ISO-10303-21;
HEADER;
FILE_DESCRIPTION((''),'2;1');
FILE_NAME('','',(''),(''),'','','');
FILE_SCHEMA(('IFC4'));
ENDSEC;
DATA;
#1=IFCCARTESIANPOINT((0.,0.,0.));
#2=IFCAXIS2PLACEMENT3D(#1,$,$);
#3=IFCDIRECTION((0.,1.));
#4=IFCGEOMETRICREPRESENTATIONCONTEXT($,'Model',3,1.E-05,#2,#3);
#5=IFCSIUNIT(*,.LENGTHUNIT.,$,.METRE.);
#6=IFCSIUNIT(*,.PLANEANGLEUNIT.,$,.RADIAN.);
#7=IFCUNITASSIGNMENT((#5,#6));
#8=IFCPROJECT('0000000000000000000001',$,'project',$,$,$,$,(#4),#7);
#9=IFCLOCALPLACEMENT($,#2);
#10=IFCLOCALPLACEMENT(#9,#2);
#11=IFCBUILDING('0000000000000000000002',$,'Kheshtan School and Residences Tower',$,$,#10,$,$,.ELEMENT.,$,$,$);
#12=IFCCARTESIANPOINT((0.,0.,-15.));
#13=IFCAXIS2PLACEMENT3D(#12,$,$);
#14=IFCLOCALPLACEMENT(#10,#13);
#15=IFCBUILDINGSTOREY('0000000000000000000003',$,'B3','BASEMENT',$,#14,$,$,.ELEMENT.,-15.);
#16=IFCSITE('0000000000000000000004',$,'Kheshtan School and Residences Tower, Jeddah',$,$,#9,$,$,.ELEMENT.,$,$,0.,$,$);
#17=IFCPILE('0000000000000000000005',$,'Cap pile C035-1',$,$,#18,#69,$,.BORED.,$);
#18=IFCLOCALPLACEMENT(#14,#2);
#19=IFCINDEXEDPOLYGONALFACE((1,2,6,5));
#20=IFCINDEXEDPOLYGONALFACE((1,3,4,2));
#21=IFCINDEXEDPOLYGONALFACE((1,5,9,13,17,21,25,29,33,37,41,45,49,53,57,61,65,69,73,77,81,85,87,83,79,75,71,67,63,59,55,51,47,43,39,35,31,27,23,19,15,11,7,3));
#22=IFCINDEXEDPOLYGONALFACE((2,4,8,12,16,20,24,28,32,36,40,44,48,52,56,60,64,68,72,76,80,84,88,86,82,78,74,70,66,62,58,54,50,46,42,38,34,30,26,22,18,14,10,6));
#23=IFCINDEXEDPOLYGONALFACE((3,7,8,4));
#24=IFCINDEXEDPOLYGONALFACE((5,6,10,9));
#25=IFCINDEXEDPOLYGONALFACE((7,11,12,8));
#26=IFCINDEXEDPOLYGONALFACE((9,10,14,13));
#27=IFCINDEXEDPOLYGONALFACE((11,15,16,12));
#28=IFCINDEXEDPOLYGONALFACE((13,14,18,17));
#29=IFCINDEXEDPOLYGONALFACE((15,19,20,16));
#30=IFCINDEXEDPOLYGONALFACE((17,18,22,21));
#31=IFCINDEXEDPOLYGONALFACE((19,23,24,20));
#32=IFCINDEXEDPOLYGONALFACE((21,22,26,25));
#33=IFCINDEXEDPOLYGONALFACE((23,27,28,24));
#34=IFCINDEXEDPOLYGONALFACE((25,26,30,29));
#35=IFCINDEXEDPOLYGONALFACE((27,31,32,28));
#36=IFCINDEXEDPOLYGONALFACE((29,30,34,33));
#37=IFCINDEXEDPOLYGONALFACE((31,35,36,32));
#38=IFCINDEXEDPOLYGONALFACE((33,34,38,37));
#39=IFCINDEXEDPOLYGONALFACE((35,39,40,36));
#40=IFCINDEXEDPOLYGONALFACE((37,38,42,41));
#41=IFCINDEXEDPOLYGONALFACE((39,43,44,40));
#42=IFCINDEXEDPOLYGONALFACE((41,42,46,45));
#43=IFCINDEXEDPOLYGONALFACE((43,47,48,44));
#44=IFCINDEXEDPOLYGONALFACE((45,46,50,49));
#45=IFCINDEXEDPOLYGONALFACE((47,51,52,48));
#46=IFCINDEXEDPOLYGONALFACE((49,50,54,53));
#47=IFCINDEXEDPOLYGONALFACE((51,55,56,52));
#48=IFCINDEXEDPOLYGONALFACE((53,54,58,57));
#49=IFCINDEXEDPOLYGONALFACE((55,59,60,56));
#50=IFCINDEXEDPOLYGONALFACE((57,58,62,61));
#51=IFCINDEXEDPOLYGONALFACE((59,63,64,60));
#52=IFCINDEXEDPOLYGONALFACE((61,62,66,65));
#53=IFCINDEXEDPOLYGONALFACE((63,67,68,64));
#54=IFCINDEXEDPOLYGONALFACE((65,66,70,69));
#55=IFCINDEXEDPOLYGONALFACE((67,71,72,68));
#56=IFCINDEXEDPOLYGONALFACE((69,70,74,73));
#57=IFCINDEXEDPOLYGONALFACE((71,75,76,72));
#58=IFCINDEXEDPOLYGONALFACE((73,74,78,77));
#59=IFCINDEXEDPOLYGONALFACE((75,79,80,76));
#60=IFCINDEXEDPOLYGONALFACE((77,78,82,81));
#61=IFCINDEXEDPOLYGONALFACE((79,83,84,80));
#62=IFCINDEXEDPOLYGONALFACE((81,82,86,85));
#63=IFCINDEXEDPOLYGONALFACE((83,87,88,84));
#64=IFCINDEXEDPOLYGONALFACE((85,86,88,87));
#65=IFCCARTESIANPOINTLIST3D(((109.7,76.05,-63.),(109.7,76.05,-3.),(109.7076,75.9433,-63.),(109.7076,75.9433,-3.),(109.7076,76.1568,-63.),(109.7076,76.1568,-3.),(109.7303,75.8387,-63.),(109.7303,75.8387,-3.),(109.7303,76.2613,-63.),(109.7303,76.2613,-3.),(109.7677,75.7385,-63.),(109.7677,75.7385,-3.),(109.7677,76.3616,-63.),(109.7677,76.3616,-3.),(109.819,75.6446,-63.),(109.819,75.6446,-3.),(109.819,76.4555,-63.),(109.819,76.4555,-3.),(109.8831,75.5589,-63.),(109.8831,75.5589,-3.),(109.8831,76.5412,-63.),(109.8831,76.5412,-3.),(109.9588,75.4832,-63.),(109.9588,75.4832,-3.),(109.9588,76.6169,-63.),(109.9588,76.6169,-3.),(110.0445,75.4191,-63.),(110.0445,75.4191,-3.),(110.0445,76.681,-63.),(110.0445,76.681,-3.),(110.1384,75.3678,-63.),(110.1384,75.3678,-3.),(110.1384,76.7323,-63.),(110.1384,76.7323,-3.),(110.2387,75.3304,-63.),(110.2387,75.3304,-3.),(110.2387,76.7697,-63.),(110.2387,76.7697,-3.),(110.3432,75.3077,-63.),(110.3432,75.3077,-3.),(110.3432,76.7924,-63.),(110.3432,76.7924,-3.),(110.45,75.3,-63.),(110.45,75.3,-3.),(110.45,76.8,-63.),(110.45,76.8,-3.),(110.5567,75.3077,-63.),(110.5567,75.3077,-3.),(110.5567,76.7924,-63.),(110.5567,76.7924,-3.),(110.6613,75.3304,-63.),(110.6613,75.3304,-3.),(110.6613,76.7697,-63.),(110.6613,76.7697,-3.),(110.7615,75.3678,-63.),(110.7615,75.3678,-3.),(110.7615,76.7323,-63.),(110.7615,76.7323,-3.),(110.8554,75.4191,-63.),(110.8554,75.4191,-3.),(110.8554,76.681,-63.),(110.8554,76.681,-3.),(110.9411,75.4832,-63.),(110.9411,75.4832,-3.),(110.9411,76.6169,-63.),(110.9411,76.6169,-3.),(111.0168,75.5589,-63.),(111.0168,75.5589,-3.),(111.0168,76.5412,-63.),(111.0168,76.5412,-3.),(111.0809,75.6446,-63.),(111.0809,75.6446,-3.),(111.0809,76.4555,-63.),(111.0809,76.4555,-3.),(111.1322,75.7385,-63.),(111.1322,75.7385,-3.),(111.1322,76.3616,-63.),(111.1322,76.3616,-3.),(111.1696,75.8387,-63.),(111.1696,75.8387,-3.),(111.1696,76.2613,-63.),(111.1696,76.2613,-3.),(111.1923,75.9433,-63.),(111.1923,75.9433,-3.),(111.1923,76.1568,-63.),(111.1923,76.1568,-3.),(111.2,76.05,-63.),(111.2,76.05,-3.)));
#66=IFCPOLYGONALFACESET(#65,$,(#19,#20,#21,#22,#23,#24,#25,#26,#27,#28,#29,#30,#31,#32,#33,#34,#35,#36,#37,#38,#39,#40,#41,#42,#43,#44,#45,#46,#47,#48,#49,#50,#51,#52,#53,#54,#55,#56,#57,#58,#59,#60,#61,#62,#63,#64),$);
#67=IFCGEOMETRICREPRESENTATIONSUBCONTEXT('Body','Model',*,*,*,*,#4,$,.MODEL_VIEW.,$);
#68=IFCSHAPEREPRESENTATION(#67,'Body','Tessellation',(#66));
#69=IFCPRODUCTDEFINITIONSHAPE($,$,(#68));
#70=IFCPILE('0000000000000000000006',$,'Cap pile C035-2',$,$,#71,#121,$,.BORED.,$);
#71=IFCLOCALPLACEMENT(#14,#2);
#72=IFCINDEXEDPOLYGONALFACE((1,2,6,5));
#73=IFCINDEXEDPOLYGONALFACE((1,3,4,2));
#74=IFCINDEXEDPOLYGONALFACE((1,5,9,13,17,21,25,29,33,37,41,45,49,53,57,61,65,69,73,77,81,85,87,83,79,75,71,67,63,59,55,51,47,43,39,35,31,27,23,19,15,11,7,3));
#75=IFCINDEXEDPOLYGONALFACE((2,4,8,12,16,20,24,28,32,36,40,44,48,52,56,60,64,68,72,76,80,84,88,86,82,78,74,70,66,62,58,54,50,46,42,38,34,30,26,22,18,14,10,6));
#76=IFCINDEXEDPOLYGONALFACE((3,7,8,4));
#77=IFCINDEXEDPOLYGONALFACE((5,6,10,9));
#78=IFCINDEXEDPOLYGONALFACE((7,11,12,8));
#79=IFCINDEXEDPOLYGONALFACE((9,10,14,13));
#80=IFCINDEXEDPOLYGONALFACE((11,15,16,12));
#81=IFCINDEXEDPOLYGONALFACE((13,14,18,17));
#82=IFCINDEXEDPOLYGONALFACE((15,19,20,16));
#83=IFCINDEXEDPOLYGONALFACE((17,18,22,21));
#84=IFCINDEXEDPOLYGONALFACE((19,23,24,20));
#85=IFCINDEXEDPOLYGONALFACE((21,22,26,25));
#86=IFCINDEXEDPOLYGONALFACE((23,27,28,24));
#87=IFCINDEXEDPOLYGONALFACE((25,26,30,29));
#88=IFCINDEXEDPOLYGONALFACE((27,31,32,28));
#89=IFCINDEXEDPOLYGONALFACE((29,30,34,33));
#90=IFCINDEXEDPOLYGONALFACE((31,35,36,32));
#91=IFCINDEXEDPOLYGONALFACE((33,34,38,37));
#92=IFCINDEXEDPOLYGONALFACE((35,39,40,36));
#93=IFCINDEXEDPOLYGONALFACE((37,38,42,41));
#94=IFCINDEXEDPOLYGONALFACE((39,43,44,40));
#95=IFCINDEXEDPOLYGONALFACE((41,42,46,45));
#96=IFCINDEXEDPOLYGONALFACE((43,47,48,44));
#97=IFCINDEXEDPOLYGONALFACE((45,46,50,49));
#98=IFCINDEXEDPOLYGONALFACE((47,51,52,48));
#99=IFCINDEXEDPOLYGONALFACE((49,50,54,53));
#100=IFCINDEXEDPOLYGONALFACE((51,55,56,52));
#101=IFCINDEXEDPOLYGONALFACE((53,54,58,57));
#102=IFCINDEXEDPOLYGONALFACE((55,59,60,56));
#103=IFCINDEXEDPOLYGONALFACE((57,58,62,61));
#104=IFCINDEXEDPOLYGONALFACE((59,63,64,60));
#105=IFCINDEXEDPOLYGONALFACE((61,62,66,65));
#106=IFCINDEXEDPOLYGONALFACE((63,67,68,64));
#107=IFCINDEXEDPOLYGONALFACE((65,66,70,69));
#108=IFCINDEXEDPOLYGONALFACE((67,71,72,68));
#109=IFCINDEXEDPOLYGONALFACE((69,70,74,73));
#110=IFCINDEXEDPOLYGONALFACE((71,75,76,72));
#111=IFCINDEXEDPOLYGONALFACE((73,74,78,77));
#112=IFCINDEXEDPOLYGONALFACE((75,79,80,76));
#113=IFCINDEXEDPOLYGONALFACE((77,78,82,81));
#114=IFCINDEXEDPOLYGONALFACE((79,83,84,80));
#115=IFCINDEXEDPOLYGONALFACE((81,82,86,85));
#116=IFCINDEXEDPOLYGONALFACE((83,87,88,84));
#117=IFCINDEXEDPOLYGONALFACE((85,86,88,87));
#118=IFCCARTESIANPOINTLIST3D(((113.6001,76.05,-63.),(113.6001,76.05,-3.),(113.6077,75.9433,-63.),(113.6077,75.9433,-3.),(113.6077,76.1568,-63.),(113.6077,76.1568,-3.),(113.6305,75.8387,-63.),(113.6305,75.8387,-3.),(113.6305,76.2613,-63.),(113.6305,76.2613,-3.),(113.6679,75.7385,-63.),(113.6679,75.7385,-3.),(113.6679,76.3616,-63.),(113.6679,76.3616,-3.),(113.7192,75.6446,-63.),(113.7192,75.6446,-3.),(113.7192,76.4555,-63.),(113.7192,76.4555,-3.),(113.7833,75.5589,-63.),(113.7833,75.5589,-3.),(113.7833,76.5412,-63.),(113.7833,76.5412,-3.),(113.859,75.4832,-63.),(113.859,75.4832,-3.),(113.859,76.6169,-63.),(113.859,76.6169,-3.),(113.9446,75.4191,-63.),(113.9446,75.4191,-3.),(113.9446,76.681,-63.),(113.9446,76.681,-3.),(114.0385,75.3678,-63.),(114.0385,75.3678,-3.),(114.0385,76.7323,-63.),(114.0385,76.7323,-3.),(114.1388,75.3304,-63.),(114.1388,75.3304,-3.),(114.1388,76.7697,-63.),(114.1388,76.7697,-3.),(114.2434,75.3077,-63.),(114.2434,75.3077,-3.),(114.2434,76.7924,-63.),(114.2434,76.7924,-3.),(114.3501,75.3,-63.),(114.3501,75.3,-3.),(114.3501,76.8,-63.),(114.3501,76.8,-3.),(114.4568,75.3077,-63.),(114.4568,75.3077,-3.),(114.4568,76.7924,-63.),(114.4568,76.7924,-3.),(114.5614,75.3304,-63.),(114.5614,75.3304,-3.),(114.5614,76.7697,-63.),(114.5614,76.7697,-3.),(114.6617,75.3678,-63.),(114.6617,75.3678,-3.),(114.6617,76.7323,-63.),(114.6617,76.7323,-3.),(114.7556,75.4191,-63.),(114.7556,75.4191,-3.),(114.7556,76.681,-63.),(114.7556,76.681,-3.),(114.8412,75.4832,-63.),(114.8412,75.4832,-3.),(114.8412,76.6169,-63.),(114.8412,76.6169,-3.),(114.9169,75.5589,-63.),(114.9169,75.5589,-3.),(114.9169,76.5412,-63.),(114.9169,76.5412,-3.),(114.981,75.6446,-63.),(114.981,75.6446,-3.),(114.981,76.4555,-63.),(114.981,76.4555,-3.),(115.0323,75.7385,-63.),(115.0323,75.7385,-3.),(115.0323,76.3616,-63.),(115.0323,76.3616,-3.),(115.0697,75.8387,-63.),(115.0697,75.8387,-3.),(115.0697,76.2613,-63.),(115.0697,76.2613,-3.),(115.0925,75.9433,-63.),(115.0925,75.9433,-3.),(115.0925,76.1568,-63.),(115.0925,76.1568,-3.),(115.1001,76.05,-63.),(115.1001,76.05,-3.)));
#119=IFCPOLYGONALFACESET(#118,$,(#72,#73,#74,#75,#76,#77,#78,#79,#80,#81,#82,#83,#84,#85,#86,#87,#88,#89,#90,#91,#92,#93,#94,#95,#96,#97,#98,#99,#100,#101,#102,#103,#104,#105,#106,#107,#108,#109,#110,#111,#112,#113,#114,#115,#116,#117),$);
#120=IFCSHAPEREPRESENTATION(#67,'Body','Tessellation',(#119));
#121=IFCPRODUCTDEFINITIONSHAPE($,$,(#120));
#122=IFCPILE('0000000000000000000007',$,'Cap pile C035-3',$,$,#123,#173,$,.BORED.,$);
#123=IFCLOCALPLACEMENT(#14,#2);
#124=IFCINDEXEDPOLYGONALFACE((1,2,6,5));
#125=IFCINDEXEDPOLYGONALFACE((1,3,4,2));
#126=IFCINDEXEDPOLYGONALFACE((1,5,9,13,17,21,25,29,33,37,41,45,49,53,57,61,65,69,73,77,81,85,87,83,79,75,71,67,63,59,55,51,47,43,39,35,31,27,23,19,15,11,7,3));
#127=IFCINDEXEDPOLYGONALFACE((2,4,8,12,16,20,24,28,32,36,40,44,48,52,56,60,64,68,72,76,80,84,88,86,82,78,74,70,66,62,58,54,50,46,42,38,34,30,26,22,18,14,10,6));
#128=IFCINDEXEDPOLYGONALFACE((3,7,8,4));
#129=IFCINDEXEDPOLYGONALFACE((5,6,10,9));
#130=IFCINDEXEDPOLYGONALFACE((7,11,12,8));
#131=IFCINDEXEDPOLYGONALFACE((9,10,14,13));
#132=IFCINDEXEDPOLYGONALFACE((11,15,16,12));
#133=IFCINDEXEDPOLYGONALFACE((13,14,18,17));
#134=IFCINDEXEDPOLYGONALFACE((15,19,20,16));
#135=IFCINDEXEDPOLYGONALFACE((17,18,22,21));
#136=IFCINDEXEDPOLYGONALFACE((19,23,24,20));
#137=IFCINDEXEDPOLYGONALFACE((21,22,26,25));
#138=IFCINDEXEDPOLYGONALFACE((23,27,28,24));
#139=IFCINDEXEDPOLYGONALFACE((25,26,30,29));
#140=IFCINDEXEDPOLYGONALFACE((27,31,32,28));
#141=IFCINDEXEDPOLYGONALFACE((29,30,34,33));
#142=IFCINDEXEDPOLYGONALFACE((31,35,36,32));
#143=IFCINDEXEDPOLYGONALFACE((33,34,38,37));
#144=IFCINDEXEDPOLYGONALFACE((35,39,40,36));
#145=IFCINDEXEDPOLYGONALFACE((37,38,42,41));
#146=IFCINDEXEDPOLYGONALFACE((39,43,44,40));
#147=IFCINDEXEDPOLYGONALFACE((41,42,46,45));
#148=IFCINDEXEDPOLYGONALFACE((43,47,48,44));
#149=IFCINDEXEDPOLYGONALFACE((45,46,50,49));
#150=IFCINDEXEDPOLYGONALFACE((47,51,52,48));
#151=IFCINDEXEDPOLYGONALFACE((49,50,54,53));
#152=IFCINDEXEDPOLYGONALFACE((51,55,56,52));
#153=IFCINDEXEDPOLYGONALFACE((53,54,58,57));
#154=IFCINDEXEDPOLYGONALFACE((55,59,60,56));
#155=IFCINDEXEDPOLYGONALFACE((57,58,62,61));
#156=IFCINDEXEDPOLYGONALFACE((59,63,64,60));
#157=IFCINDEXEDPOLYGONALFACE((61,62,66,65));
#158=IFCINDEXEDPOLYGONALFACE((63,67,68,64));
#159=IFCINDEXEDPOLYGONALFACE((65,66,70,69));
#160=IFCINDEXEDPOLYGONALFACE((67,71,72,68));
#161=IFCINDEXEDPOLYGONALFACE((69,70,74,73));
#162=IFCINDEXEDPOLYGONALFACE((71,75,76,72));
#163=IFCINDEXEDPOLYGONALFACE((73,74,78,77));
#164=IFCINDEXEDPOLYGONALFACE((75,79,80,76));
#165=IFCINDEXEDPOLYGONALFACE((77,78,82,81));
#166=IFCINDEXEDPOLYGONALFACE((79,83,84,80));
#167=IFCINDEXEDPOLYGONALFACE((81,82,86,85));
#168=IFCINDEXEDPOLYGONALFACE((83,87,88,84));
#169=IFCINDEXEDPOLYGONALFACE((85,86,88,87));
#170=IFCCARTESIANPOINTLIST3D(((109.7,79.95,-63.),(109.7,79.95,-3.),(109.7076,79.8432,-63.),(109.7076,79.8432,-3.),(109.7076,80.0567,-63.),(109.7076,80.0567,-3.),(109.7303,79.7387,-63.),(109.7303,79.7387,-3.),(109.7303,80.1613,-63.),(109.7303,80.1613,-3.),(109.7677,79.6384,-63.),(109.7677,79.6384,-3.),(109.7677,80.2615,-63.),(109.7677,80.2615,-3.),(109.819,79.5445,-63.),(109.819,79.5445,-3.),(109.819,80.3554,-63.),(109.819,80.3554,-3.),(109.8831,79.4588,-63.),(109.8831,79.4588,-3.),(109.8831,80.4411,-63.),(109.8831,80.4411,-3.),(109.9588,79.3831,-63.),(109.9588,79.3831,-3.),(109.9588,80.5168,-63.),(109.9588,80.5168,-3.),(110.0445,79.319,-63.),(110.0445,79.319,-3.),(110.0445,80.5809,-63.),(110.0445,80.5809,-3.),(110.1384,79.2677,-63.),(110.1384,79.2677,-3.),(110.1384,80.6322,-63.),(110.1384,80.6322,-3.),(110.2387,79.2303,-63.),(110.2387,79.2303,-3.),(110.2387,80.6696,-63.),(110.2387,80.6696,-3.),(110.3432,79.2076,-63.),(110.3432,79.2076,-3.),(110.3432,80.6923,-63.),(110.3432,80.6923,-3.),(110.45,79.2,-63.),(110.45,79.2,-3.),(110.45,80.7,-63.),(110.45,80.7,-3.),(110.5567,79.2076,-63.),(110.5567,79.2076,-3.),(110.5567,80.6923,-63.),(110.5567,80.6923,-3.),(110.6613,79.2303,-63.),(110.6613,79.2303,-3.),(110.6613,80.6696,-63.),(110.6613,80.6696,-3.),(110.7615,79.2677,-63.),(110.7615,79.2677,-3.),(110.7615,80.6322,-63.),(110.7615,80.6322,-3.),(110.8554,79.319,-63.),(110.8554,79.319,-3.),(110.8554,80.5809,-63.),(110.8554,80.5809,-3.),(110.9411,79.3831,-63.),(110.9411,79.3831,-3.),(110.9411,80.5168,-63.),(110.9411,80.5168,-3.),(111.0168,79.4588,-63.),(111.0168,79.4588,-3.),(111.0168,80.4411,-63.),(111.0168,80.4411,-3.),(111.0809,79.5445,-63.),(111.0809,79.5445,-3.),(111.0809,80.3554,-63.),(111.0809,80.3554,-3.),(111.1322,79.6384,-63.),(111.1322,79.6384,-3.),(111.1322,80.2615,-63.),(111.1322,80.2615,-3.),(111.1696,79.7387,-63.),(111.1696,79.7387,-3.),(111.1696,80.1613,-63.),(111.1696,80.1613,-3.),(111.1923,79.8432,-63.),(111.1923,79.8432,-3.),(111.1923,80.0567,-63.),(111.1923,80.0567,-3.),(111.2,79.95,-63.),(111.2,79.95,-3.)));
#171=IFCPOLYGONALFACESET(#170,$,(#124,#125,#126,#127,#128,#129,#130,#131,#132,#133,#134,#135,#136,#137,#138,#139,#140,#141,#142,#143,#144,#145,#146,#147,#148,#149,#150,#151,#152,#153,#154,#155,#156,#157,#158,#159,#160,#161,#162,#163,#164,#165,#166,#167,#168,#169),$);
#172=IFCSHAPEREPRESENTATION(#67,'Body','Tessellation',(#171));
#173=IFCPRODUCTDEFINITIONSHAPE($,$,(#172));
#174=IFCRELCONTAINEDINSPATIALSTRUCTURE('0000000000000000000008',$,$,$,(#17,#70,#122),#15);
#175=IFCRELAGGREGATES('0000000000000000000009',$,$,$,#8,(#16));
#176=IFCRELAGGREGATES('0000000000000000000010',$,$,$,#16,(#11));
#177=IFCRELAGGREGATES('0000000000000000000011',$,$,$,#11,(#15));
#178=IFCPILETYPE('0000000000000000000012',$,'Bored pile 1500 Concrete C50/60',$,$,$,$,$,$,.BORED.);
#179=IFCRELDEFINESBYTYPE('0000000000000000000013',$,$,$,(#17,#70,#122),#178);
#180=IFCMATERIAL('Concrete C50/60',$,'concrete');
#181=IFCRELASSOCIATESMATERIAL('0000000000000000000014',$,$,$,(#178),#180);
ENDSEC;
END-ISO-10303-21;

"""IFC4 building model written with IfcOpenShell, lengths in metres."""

from ifc_helpers import new_model, si_unit, direction, frame, origin, origin_2d, place, context, subcontext, project, spatial, circle, extrude, material, material_profile, profile_set, type_object, element, save


model = new_model("IFC4")

# Units and contexts
model_context = context("Model", 3, precision=1e-05, world=origin(), true_north=direction((0.0, 1.0)))
body_context = subcontext(model_context, "Body", "Model", "MODEL_VIEW")
ifc_project = project(units=[si_unit("LENGTHUNIT", "METRE"), si_unit("PLANEANGLEUNIT", "RADIAN")], contexts=[model_context])

# Site, building, storey
site_placement = place(None, origin())
site = spatial("IfcSite", under=ifc_project, at=site_placement, Name="Kheshtan School and Residences Tower, Jeddah", CompositionType="ELEMENT", RefElevation=0.0)
building_placement = place(site_placement, origin())
building = spatial("IfcBuilding", under=site, at=building_placement, Name="Kheshtan School and Residences Tower", CompositionType="ELEMENT")
storey_placement = place(building_placement, frame((0.0, 0.0, -15.0)))
storey = spatial("IfcBuildingStorey", under=building, at=storey_placement, Name="B3", Description="BASEMENT", CompositionType="ELEMENT", Elevation=-15.0)

# Piles
ifc_material_1 = material(Name="Concrete C50/60", Category="concrete")
ifc_material_profile_1 = material_profile(ifc_material_1, circle(Radius=0.75, at=origin_2d()), Name="BP 1500")
ifc_profile_set_1 = profile_set([ifc_material_profile_1], Name="Concrete C50/60")
pile_type = type_object("IfcPileType", Name="Bored pile 1500 Concrete C50/60", PredefinedType="BORED", material=ifc_profile_set_1)
for number, where, z_axis, x_axis, name in (
    (1, (110.45, 76.05, -3.0), (0.0, 0.0, -1.0), (1.0, 0.0, 0.0), "Cap pile C035-1"),
    (2, (114.3501, 76.05, -3.0), (0.0, 0.0, -1.0), (1.0, 0.0, 0.0), "Cap pile C035-2"),
    (3, (110.45, 79.95, -3.0), (0.0, 0.0, -1.0), (1.0, 0.0, 0.0), "Cap pile C035-3"),
):
    element("IfcPile", number, at=place(storey_placement, frame(where, z_axis=z_axis, x_axis=x_axis)), inside=storey, type_object=pile_type, Name=name, PredefinedType="BORED", context=body_context, shape_type="SweptSolid", body=[
        extrude(circle(Radius=0.75, at=origin_2d()), origin(), (0.0, 0.0, 1.0), 60.0),
    ])

save(model, "model.ifc")
